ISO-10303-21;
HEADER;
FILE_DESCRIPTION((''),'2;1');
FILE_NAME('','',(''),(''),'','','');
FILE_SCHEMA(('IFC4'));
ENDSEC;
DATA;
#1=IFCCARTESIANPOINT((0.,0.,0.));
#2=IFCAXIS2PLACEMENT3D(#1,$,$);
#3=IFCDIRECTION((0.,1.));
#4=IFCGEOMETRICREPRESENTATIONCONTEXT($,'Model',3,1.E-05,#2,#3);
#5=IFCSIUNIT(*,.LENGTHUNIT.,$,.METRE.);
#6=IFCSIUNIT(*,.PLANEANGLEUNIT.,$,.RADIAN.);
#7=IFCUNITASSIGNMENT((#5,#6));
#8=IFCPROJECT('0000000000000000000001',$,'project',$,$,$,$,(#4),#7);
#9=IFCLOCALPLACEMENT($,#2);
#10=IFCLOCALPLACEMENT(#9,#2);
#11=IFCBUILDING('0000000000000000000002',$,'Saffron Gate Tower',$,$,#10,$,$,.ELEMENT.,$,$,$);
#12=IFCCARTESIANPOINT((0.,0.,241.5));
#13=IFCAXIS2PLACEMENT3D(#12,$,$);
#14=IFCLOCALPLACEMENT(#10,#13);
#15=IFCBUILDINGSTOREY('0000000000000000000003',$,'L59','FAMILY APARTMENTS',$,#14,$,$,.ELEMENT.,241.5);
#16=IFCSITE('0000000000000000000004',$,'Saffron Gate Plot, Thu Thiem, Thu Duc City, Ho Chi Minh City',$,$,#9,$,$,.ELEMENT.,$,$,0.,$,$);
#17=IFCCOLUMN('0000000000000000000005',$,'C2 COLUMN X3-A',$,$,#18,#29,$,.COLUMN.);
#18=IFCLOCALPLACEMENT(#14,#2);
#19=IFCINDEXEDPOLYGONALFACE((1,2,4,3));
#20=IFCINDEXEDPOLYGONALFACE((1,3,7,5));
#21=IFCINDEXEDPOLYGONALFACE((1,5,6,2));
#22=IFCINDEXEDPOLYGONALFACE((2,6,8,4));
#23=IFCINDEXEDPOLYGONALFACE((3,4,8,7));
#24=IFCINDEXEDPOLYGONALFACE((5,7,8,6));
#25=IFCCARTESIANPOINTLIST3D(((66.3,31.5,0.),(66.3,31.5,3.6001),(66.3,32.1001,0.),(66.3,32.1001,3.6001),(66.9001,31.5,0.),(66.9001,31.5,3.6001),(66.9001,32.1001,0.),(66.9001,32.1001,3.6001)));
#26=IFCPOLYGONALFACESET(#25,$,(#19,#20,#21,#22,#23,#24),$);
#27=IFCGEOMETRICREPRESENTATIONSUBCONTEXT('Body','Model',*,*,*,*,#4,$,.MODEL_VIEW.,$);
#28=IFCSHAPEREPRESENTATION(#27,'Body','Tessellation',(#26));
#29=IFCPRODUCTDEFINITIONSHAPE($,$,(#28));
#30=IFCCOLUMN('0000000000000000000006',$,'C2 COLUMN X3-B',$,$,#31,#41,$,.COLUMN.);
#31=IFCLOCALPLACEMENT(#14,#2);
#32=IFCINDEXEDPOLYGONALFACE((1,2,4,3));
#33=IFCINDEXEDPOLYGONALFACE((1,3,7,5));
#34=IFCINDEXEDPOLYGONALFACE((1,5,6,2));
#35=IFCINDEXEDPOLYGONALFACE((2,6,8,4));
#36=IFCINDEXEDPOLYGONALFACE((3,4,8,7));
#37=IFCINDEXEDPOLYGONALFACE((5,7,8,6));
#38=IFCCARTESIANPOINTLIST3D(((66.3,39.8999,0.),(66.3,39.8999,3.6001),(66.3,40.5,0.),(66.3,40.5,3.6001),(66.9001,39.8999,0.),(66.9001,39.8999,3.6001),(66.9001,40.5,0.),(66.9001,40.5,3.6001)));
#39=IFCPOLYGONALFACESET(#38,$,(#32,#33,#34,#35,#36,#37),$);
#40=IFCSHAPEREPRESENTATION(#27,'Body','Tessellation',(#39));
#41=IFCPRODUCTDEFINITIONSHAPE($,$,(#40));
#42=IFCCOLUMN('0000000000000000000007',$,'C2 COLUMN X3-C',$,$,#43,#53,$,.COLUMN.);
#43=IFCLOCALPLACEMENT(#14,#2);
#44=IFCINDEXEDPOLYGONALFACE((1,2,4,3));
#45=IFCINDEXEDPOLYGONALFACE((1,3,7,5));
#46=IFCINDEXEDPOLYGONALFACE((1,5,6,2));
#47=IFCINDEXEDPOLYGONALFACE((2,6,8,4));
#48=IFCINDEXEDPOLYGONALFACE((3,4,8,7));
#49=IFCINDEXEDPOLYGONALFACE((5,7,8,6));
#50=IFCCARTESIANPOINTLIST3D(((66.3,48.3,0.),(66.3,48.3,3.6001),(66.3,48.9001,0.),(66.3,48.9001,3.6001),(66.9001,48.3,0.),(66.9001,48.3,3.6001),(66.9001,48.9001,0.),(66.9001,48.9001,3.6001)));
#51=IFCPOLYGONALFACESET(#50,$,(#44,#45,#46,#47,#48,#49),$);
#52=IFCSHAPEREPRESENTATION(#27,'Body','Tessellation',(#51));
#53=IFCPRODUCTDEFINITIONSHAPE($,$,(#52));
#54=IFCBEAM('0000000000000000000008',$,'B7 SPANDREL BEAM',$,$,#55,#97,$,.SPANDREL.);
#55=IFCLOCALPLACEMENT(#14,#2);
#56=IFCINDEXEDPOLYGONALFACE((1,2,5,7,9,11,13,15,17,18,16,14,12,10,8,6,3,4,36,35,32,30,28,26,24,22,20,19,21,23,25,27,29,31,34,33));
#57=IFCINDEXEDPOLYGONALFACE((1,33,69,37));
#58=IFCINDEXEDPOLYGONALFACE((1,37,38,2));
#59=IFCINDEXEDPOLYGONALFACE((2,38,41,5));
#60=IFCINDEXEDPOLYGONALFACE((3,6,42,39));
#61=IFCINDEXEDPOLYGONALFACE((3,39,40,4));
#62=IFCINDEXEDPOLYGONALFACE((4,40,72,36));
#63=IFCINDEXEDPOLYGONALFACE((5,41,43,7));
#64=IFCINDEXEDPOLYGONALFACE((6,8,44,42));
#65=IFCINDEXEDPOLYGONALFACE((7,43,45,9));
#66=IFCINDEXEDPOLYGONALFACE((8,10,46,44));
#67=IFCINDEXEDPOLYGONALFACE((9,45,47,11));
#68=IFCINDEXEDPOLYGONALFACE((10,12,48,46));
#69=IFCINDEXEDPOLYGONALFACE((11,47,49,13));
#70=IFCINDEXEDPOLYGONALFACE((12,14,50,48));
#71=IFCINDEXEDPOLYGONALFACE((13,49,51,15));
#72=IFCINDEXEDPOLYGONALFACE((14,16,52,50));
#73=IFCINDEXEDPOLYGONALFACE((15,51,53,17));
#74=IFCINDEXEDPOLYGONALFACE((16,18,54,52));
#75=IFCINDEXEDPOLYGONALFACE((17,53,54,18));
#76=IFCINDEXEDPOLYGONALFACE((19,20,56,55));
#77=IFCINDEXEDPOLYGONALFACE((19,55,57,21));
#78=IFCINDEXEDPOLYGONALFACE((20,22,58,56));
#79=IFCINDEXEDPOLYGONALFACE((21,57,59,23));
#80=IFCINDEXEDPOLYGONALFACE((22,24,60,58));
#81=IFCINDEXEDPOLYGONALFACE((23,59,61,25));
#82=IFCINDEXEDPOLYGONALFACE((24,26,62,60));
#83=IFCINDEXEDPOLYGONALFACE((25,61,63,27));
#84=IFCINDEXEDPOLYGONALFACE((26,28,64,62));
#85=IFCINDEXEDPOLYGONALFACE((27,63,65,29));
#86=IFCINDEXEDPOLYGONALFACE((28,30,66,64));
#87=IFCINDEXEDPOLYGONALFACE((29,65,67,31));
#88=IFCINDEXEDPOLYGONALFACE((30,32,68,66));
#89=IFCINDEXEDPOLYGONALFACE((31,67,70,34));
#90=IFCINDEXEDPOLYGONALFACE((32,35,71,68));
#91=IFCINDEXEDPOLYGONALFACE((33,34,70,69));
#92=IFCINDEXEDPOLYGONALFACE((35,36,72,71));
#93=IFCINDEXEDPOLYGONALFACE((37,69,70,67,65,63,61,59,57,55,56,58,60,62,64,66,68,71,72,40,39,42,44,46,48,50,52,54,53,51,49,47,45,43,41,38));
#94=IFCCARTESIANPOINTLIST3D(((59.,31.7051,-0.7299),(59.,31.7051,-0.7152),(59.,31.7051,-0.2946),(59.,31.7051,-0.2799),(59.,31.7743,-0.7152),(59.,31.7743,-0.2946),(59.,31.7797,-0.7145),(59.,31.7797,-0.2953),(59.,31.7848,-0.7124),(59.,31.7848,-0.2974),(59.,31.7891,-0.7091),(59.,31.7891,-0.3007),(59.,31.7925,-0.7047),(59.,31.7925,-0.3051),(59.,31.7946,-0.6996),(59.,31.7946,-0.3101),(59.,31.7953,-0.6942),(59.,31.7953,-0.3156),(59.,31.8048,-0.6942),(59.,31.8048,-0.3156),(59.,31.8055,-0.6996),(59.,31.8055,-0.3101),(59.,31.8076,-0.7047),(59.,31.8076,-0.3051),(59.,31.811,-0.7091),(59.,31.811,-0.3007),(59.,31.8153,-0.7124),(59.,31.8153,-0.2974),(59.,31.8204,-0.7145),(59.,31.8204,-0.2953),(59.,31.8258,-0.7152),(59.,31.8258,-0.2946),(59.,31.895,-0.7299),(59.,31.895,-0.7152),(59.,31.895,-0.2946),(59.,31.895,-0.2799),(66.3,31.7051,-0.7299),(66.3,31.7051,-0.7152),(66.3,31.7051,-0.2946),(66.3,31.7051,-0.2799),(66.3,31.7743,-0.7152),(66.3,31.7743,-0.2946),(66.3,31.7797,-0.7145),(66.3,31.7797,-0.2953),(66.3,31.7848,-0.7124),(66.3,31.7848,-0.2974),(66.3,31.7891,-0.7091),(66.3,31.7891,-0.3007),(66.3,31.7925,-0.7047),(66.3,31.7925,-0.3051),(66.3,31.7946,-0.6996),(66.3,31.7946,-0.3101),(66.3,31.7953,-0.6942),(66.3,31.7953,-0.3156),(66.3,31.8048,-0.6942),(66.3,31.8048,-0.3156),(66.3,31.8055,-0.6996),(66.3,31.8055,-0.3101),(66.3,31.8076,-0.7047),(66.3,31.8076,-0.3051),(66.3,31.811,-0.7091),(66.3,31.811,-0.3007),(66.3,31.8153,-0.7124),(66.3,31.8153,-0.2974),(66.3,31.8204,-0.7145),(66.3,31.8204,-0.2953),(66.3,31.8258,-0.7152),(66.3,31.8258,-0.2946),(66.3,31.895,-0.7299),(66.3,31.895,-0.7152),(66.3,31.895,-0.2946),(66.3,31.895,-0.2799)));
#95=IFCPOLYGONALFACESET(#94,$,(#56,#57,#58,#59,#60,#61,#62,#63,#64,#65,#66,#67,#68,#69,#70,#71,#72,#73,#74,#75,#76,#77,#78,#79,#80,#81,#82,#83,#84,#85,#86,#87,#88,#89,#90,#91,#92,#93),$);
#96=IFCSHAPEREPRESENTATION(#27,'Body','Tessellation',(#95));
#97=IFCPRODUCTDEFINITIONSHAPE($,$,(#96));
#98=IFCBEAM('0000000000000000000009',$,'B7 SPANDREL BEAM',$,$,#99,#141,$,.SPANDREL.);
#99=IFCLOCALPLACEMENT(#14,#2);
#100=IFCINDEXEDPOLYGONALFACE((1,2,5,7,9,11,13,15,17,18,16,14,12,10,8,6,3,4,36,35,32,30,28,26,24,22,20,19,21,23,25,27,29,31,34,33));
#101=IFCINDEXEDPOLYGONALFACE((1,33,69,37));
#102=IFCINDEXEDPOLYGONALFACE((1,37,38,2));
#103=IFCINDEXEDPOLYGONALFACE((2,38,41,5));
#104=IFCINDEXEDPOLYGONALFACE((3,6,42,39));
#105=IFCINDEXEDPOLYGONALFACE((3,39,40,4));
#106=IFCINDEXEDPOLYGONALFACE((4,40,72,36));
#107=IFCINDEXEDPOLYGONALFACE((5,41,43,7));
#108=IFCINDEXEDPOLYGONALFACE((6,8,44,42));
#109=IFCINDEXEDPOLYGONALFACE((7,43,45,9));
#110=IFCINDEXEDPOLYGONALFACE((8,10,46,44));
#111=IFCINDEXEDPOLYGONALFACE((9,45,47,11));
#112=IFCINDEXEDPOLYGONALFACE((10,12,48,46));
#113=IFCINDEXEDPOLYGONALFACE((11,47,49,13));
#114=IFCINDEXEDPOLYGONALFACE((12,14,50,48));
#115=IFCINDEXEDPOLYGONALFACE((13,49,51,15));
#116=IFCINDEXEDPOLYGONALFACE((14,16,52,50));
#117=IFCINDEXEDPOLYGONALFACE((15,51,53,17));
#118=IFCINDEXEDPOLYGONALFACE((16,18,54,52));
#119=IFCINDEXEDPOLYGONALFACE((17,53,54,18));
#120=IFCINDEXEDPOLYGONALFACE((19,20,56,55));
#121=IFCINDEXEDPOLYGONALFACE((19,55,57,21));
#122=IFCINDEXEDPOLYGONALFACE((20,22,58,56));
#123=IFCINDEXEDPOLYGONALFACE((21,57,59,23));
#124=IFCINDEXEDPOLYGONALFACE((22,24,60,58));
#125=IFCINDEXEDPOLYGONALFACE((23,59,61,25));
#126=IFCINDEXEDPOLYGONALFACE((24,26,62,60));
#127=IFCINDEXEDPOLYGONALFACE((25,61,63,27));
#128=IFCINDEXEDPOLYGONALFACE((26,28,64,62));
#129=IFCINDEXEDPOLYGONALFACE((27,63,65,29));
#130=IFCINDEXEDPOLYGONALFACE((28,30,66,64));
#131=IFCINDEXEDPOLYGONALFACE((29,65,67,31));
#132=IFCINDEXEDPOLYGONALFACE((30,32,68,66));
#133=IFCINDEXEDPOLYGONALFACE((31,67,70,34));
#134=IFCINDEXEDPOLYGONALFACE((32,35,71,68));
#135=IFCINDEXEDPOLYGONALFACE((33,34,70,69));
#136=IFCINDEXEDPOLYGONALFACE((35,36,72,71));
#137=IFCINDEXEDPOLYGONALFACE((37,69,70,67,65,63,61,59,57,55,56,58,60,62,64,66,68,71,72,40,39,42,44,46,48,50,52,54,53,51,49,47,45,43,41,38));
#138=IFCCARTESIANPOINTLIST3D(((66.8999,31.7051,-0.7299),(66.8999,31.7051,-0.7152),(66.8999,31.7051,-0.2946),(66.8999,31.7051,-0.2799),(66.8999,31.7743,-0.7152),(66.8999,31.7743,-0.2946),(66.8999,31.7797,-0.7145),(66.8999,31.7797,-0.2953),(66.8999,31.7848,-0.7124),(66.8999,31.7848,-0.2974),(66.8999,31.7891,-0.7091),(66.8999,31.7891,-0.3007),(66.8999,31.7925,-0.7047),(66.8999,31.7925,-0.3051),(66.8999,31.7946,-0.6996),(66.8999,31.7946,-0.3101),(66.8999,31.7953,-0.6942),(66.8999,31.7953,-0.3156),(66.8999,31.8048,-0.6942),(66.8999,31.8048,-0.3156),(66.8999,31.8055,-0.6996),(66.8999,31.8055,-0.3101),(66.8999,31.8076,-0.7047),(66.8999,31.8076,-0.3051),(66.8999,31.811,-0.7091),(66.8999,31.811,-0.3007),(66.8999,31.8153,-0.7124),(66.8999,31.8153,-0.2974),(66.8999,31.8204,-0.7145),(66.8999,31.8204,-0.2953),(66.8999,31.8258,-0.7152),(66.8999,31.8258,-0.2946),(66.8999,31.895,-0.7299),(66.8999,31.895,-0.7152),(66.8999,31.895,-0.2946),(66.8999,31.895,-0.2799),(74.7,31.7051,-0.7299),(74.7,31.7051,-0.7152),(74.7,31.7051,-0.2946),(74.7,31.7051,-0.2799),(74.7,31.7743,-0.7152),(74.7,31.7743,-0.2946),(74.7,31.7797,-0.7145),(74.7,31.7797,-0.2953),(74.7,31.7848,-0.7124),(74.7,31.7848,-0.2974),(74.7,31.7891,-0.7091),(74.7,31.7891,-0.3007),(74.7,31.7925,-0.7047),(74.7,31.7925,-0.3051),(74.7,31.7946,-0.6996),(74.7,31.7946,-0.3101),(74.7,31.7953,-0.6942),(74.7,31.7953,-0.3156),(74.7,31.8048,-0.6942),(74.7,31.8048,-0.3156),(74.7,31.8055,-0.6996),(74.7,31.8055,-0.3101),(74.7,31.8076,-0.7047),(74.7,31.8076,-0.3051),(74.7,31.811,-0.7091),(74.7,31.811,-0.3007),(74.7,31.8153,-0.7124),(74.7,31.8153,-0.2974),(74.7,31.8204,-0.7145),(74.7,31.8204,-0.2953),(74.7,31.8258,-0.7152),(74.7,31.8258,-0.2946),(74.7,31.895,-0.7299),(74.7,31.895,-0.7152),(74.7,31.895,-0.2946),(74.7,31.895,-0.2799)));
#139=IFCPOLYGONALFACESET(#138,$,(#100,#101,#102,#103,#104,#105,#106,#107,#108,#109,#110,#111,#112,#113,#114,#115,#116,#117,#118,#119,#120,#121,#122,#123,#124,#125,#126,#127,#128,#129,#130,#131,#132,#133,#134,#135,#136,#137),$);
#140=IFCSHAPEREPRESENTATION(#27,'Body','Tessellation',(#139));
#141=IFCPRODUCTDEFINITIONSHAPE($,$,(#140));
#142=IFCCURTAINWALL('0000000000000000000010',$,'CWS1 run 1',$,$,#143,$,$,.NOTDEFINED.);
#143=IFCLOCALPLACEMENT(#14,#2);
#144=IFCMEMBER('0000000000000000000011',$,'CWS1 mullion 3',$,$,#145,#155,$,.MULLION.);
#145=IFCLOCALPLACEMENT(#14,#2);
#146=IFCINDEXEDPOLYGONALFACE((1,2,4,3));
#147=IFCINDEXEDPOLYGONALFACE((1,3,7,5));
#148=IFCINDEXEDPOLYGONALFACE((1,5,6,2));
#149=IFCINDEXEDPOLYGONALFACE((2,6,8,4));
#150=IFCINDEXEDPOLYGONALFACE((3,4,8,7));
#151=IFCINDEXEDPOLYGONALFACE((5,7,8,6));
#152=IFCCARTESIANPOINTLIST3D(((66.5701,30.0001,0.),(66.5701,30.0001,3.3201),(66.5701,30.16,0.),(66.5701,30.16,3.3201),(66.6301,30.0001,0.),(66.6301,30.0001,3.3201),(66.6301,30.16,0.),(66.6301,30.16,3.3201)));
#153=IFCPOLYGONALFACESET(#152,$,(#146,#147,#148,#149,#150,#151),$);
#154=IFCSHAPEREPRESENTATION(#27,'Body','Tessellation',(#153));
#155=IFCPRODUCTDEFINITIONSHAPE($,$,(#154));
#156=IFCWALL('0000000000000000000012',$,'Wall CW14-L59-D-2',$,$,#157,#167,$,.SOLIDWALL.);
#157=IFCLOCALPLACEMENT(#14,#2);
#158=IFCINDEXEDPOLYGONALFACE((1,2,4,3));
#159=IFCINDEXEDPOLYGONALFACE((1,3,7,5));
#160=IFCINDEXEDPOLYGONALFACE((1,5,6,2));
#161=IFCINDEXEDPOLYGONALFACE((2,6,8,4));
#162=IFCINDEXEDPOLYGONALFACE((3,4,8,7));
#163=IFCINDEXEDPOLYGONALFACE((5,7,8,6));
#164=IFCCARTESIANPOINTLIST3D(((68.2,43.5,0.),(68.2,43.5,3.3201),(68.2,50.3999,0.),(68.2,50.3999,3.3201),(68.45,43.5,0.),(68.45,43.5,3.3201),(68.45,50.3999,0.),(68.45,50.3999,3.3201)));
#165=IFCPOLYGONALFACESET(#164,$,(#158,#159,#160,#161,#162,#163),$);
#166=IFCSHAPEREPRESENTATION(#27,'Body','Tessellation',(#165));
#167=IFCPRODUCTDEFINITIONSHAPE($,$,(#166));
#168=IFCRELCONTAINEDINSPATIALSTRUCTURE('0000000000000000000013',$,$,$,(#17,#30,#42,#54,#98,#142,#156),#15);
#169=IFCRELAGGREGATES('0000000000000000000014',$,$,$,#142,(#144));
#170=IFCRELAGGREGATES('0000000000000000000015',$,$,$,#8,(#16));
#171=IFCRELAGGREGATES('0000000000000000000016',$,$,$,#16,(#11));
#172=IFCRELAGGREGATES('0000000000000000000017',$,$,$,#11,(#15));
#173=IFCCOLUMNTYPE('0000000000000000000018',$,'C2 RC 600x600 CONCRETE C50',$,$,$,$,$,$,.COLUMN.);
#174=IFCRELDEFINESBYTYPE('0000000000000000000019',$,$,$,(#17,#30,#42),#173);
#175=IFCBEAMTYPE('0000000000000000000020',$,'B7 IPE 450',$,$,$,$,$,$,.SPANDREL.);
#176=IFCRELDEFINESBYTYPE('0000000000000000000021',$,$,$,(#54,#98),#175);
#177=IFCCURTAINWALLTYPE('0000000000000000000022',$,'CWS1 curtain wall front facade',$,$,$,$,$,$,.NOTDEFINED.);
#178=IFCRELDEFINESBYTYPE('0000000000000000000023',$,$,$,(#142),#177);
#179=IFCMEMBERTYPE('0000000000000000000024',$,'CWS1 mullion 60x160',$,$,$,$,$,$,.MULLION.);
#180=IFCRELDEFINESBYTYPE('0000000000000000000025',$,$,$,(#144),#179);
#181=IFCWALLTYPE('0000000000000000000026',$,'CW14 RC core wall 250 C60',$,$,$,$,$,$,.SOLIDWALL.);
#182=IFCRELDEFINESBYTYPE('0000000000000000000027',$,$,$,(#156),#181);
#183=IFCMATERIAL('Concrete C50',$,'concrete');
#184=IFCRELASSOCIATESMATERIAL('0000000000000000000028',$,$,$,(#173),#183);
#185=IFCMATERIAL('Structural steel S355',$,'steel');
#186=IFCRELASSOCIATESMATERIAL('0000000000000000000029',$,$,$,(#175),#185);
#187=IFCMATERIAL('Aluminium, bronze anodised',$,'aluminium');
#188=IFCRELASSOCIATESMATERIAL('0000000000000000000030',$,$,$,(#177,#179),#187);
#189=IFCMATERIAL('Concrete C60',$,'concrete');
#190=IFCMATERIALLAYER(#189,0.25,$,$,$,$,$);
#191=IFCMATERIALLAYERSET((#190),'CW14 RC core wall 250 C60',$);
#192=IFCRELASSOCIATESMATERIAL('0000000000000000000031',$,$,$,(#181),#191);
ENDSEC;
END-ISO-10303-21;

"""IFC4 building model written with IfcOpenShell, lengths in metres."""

from ifc_helpers import new_model, si_unit, direction, frame, frame_2d, origin, origin_2d, place, context, subcontext, project, spatial, rectangle, i_section, extrude, material, layer, layer_set, material_profile, profile_set, type_object, element, aggregate, save


model = new_model("IFC4")

# Units and contexts
model_context = context("Model", 3, precision=1e-05, world=origin(), true_north=direction((0.0, 1.0)))
body_context = subcontext(model_context, "Body", "Model", "MODEL_VIEW")
ifc_project = project(units=[si_unit("LENGTHUNIT", "METRE"), si_unit("PLANEANGLEUNIT", "RADIAN")], contexts=[model_context])

# Site, building, storey
site_placement = place(None, origin())
site = spatial("IfcSite", under=ifc_project, at=site_placement, Name="Saffron Gate Plot, Thu Thiem, Thu Duc City, Ho Chi Minh City", CompositionType="ELEMENT", RefElevation=0.0)
building_placement = place(site_placement, origin())
building = spatial("IfcBuilding", under=site, at=building_placement, Name="Saffron Gate Tower", CompositionType="ELEMENT")
storey_placement = place(building_placement, frame((0.0, 0.0, 241.5)))
storey = spatial("IfcBuildingStorey", under=building, at=storey_placement, Name="L59", Description="FAMILY APARTMENTS", CompositionType="ELEMENT", Elevation=241.5)

# Columns
ifc_material_1 = material(Name="Concrete C50", Category="concrete")
ifc_material_profile_1 = material_profile(ifc_material_1, rectangle(XDim=0.6001, YDim=0.6001, at=origin_2d()))
ifc_profile_set_1 = profile_set([ifc_material_profile_1], Name="Concrete C50")
column_type = type_object("IfcColumnType", Name="C2 RC 600x600 CONCRETE C50", PredefinedType="COLUMN", material=ifc_profile_set_1)
for number, where, z_axis, x_axis, name in (
    (1, (66.6001, 31.8, 0.0), (0.0, 0.0, 1.0), (1.0, 0.0, 0.0), "C2 COLUMN X3-A"),
    (2, (66.6001, 40.2, 0.0), (0.0, 0.0, 1.0), (1.0, 0.0, 0.0), "C2 COLUMN X3-B"),
    (3, (66.6001, 48.6001, 0.0), (0.0, 0.0, 1.0), (1.0, 0.0, 0.0), "C2 COLUMN X3-C"),
):
    element("IfcColumn", number, at=place(storey_placement, frame(where, z_axis=z_axis, x_axis=x_axis)), inside=storey, type_object=column_type, Name=name, PredefinedType="COLUMN", context=body_context, shape_type="SweptSolid", body=[
        extrude(rectangle(XDim=0.6001, YDim=0.6001, at=origin_2d()), origin(), (0.0, 0.0, 1.0), 3.6001),
    ])

# Beams
ifc_material_2 = material(Name="Structural steel S355", Category="steel")
ifc_material_profile_2 = material_profile(ifc_material_2, i_section(OverallWidth=0.1899, OverallDepth=0.45, WebThickness=0.0095, FlangeThickness=0.0146, FilletRadius=0.021, at=origin_2d()))
ifc_profile_set_2 = profile_set([ifc_material_profile_2], Name="Structural steel S355")
beam_type = type_object("IfcBeamType", Name="B7 IPE 450", PredefinedType="SPANDREL", material=ifc_profile_set_2)
beam_1_placement = place(storey_placement, frame((59.0, 31.8, -0.5049), z_axis=(1.0, 0.0, 0.0), x_axis=(0.0, 1.0, 0.0)))
element("IfcBeam", 4, at=beam_1_placement, inside=storey, type_object=beam_type, Name="B7 SPANDREL BEAM", PredefinedType="SPANDREL", context=body_context, shape_type="SweptSolid", body=[
    extrude(i_section(OverallWidth=0.1899, OverallDepth=0.45, WebThickness=0.0095, FlangeThickness=0.0146, FilletRadius=0.021, at=origin_2d()), origin(), (0.0, 0.0, 1.0), 7.3),
])
beam_2_placement = place(storey_placement, frame((66.8999, 31.8, -0.5049), z_axis=(1.0, 0.0, 0.0), x_axis=(0.0, 1.0, 0.0)))
element("IfcBeam", 5, at=beam_2_placement, inside=storey, type_object=beam_type, Name="B7 SPANDREL BEAM", PredefinedType="SPANDREL", context=body_context, shape_type="SweptSolid", body=[
    extrude(i_section(OverallWidth=0.1899, OverallDepth=0.45, WebThickness=0.0095, FlangeThickness=0.0146, FilletRadius=0.021, at=origin_2d()), origin(), (0.0, 0.0, 1.0), 7.8),
])

# Curtain wall, member
ifc_material_3 = material(Name="Aluminium, bronze anodised", Category="aluminium")
curtain_wall_type = type_object("IfcCurtainWallType", Name="CWS1 curtain wall front facade", PredefinedType="NOTDEFINED", material=ifc_material_3)
curtain_wall_placement = place(storey_placement, origin())
curtain_wall = element("IfcCurtainWall", 6, at=curtain_wall_placement, inside=storey, type_object=curtain_wall_type, Name="CWS1 run 1", PredefinedType="NOTDEFINED")
ifc_material_profile_3 = material_profile(ifc_material_3, rectangle(XDim=0.1599, YDim=0.0601, at=origin_2d()))
ifc_profile_set_3 = profile_set([ifc_material_profile_3], Name="Aluminium, bronze anodised")
member_type = type_object("IfcMemberType", Name="CWS1 mullion 60x160", PredefinedType="MULLION", material=ifc_profile_set_3)
member_placement = place(storey_placement, frame((66.6001, 30.0801, 0.0), z_axis=(0.0, 0.0, 1.0), x_axis=(0.0, 1.0, 0.0)))
member = element("IfcMember", 7, at=member_placement, type_object=member_type, Name="CWS1 mullion 3", PredefinedType="MULLION", context=body_context, shape_type="SweptSolid", body=[
    extrude(rectangle(XDim=0.1599, YDim=0.0601, at=origin_2d()), origin(), (0.0, 0.0, 1.0), 3.3201),
])
aggregate(curtain_wall, [member])

# Wall
ifc_material_4 = material(Name="Concrete C60", Category="concrete")
ifc_layer_1 = layer(ifc_material_4, 0.25)
ifc_layer_set_1 = layer_set([ifc_layer_1], Name="CW14 RC core wall 250 C60")
wall_type_1 = type_object("IfcWallType", Name="CW14 RC core wall 250 C60", PredefinedType="SOLIDWALL", material=ifc_layer_set_1)
wall_1_placement = place(storey_placement, frame((68.325, 43.5, 0.0), z_axis=(0.0, 0.0, 1.0), x_axis=(0.0, 1.0, 0.0)))
element("IfcWall", 8, at=wall_1_placement, inside=storey, type_object=wall_type_1, Name="Wall CW14-L59-D-2", PredefinedType="SOLIDWALL", context=body_context, shape_type="SweptSolid", body=[
    extrude(rectangle(XDim=6.8999, YDim=0.25, at=frame_2d((3.45, 0.0))), origin(), (0.0, 0.0, 1.0), 3.3201),
])

save(model, "model.ifc")
